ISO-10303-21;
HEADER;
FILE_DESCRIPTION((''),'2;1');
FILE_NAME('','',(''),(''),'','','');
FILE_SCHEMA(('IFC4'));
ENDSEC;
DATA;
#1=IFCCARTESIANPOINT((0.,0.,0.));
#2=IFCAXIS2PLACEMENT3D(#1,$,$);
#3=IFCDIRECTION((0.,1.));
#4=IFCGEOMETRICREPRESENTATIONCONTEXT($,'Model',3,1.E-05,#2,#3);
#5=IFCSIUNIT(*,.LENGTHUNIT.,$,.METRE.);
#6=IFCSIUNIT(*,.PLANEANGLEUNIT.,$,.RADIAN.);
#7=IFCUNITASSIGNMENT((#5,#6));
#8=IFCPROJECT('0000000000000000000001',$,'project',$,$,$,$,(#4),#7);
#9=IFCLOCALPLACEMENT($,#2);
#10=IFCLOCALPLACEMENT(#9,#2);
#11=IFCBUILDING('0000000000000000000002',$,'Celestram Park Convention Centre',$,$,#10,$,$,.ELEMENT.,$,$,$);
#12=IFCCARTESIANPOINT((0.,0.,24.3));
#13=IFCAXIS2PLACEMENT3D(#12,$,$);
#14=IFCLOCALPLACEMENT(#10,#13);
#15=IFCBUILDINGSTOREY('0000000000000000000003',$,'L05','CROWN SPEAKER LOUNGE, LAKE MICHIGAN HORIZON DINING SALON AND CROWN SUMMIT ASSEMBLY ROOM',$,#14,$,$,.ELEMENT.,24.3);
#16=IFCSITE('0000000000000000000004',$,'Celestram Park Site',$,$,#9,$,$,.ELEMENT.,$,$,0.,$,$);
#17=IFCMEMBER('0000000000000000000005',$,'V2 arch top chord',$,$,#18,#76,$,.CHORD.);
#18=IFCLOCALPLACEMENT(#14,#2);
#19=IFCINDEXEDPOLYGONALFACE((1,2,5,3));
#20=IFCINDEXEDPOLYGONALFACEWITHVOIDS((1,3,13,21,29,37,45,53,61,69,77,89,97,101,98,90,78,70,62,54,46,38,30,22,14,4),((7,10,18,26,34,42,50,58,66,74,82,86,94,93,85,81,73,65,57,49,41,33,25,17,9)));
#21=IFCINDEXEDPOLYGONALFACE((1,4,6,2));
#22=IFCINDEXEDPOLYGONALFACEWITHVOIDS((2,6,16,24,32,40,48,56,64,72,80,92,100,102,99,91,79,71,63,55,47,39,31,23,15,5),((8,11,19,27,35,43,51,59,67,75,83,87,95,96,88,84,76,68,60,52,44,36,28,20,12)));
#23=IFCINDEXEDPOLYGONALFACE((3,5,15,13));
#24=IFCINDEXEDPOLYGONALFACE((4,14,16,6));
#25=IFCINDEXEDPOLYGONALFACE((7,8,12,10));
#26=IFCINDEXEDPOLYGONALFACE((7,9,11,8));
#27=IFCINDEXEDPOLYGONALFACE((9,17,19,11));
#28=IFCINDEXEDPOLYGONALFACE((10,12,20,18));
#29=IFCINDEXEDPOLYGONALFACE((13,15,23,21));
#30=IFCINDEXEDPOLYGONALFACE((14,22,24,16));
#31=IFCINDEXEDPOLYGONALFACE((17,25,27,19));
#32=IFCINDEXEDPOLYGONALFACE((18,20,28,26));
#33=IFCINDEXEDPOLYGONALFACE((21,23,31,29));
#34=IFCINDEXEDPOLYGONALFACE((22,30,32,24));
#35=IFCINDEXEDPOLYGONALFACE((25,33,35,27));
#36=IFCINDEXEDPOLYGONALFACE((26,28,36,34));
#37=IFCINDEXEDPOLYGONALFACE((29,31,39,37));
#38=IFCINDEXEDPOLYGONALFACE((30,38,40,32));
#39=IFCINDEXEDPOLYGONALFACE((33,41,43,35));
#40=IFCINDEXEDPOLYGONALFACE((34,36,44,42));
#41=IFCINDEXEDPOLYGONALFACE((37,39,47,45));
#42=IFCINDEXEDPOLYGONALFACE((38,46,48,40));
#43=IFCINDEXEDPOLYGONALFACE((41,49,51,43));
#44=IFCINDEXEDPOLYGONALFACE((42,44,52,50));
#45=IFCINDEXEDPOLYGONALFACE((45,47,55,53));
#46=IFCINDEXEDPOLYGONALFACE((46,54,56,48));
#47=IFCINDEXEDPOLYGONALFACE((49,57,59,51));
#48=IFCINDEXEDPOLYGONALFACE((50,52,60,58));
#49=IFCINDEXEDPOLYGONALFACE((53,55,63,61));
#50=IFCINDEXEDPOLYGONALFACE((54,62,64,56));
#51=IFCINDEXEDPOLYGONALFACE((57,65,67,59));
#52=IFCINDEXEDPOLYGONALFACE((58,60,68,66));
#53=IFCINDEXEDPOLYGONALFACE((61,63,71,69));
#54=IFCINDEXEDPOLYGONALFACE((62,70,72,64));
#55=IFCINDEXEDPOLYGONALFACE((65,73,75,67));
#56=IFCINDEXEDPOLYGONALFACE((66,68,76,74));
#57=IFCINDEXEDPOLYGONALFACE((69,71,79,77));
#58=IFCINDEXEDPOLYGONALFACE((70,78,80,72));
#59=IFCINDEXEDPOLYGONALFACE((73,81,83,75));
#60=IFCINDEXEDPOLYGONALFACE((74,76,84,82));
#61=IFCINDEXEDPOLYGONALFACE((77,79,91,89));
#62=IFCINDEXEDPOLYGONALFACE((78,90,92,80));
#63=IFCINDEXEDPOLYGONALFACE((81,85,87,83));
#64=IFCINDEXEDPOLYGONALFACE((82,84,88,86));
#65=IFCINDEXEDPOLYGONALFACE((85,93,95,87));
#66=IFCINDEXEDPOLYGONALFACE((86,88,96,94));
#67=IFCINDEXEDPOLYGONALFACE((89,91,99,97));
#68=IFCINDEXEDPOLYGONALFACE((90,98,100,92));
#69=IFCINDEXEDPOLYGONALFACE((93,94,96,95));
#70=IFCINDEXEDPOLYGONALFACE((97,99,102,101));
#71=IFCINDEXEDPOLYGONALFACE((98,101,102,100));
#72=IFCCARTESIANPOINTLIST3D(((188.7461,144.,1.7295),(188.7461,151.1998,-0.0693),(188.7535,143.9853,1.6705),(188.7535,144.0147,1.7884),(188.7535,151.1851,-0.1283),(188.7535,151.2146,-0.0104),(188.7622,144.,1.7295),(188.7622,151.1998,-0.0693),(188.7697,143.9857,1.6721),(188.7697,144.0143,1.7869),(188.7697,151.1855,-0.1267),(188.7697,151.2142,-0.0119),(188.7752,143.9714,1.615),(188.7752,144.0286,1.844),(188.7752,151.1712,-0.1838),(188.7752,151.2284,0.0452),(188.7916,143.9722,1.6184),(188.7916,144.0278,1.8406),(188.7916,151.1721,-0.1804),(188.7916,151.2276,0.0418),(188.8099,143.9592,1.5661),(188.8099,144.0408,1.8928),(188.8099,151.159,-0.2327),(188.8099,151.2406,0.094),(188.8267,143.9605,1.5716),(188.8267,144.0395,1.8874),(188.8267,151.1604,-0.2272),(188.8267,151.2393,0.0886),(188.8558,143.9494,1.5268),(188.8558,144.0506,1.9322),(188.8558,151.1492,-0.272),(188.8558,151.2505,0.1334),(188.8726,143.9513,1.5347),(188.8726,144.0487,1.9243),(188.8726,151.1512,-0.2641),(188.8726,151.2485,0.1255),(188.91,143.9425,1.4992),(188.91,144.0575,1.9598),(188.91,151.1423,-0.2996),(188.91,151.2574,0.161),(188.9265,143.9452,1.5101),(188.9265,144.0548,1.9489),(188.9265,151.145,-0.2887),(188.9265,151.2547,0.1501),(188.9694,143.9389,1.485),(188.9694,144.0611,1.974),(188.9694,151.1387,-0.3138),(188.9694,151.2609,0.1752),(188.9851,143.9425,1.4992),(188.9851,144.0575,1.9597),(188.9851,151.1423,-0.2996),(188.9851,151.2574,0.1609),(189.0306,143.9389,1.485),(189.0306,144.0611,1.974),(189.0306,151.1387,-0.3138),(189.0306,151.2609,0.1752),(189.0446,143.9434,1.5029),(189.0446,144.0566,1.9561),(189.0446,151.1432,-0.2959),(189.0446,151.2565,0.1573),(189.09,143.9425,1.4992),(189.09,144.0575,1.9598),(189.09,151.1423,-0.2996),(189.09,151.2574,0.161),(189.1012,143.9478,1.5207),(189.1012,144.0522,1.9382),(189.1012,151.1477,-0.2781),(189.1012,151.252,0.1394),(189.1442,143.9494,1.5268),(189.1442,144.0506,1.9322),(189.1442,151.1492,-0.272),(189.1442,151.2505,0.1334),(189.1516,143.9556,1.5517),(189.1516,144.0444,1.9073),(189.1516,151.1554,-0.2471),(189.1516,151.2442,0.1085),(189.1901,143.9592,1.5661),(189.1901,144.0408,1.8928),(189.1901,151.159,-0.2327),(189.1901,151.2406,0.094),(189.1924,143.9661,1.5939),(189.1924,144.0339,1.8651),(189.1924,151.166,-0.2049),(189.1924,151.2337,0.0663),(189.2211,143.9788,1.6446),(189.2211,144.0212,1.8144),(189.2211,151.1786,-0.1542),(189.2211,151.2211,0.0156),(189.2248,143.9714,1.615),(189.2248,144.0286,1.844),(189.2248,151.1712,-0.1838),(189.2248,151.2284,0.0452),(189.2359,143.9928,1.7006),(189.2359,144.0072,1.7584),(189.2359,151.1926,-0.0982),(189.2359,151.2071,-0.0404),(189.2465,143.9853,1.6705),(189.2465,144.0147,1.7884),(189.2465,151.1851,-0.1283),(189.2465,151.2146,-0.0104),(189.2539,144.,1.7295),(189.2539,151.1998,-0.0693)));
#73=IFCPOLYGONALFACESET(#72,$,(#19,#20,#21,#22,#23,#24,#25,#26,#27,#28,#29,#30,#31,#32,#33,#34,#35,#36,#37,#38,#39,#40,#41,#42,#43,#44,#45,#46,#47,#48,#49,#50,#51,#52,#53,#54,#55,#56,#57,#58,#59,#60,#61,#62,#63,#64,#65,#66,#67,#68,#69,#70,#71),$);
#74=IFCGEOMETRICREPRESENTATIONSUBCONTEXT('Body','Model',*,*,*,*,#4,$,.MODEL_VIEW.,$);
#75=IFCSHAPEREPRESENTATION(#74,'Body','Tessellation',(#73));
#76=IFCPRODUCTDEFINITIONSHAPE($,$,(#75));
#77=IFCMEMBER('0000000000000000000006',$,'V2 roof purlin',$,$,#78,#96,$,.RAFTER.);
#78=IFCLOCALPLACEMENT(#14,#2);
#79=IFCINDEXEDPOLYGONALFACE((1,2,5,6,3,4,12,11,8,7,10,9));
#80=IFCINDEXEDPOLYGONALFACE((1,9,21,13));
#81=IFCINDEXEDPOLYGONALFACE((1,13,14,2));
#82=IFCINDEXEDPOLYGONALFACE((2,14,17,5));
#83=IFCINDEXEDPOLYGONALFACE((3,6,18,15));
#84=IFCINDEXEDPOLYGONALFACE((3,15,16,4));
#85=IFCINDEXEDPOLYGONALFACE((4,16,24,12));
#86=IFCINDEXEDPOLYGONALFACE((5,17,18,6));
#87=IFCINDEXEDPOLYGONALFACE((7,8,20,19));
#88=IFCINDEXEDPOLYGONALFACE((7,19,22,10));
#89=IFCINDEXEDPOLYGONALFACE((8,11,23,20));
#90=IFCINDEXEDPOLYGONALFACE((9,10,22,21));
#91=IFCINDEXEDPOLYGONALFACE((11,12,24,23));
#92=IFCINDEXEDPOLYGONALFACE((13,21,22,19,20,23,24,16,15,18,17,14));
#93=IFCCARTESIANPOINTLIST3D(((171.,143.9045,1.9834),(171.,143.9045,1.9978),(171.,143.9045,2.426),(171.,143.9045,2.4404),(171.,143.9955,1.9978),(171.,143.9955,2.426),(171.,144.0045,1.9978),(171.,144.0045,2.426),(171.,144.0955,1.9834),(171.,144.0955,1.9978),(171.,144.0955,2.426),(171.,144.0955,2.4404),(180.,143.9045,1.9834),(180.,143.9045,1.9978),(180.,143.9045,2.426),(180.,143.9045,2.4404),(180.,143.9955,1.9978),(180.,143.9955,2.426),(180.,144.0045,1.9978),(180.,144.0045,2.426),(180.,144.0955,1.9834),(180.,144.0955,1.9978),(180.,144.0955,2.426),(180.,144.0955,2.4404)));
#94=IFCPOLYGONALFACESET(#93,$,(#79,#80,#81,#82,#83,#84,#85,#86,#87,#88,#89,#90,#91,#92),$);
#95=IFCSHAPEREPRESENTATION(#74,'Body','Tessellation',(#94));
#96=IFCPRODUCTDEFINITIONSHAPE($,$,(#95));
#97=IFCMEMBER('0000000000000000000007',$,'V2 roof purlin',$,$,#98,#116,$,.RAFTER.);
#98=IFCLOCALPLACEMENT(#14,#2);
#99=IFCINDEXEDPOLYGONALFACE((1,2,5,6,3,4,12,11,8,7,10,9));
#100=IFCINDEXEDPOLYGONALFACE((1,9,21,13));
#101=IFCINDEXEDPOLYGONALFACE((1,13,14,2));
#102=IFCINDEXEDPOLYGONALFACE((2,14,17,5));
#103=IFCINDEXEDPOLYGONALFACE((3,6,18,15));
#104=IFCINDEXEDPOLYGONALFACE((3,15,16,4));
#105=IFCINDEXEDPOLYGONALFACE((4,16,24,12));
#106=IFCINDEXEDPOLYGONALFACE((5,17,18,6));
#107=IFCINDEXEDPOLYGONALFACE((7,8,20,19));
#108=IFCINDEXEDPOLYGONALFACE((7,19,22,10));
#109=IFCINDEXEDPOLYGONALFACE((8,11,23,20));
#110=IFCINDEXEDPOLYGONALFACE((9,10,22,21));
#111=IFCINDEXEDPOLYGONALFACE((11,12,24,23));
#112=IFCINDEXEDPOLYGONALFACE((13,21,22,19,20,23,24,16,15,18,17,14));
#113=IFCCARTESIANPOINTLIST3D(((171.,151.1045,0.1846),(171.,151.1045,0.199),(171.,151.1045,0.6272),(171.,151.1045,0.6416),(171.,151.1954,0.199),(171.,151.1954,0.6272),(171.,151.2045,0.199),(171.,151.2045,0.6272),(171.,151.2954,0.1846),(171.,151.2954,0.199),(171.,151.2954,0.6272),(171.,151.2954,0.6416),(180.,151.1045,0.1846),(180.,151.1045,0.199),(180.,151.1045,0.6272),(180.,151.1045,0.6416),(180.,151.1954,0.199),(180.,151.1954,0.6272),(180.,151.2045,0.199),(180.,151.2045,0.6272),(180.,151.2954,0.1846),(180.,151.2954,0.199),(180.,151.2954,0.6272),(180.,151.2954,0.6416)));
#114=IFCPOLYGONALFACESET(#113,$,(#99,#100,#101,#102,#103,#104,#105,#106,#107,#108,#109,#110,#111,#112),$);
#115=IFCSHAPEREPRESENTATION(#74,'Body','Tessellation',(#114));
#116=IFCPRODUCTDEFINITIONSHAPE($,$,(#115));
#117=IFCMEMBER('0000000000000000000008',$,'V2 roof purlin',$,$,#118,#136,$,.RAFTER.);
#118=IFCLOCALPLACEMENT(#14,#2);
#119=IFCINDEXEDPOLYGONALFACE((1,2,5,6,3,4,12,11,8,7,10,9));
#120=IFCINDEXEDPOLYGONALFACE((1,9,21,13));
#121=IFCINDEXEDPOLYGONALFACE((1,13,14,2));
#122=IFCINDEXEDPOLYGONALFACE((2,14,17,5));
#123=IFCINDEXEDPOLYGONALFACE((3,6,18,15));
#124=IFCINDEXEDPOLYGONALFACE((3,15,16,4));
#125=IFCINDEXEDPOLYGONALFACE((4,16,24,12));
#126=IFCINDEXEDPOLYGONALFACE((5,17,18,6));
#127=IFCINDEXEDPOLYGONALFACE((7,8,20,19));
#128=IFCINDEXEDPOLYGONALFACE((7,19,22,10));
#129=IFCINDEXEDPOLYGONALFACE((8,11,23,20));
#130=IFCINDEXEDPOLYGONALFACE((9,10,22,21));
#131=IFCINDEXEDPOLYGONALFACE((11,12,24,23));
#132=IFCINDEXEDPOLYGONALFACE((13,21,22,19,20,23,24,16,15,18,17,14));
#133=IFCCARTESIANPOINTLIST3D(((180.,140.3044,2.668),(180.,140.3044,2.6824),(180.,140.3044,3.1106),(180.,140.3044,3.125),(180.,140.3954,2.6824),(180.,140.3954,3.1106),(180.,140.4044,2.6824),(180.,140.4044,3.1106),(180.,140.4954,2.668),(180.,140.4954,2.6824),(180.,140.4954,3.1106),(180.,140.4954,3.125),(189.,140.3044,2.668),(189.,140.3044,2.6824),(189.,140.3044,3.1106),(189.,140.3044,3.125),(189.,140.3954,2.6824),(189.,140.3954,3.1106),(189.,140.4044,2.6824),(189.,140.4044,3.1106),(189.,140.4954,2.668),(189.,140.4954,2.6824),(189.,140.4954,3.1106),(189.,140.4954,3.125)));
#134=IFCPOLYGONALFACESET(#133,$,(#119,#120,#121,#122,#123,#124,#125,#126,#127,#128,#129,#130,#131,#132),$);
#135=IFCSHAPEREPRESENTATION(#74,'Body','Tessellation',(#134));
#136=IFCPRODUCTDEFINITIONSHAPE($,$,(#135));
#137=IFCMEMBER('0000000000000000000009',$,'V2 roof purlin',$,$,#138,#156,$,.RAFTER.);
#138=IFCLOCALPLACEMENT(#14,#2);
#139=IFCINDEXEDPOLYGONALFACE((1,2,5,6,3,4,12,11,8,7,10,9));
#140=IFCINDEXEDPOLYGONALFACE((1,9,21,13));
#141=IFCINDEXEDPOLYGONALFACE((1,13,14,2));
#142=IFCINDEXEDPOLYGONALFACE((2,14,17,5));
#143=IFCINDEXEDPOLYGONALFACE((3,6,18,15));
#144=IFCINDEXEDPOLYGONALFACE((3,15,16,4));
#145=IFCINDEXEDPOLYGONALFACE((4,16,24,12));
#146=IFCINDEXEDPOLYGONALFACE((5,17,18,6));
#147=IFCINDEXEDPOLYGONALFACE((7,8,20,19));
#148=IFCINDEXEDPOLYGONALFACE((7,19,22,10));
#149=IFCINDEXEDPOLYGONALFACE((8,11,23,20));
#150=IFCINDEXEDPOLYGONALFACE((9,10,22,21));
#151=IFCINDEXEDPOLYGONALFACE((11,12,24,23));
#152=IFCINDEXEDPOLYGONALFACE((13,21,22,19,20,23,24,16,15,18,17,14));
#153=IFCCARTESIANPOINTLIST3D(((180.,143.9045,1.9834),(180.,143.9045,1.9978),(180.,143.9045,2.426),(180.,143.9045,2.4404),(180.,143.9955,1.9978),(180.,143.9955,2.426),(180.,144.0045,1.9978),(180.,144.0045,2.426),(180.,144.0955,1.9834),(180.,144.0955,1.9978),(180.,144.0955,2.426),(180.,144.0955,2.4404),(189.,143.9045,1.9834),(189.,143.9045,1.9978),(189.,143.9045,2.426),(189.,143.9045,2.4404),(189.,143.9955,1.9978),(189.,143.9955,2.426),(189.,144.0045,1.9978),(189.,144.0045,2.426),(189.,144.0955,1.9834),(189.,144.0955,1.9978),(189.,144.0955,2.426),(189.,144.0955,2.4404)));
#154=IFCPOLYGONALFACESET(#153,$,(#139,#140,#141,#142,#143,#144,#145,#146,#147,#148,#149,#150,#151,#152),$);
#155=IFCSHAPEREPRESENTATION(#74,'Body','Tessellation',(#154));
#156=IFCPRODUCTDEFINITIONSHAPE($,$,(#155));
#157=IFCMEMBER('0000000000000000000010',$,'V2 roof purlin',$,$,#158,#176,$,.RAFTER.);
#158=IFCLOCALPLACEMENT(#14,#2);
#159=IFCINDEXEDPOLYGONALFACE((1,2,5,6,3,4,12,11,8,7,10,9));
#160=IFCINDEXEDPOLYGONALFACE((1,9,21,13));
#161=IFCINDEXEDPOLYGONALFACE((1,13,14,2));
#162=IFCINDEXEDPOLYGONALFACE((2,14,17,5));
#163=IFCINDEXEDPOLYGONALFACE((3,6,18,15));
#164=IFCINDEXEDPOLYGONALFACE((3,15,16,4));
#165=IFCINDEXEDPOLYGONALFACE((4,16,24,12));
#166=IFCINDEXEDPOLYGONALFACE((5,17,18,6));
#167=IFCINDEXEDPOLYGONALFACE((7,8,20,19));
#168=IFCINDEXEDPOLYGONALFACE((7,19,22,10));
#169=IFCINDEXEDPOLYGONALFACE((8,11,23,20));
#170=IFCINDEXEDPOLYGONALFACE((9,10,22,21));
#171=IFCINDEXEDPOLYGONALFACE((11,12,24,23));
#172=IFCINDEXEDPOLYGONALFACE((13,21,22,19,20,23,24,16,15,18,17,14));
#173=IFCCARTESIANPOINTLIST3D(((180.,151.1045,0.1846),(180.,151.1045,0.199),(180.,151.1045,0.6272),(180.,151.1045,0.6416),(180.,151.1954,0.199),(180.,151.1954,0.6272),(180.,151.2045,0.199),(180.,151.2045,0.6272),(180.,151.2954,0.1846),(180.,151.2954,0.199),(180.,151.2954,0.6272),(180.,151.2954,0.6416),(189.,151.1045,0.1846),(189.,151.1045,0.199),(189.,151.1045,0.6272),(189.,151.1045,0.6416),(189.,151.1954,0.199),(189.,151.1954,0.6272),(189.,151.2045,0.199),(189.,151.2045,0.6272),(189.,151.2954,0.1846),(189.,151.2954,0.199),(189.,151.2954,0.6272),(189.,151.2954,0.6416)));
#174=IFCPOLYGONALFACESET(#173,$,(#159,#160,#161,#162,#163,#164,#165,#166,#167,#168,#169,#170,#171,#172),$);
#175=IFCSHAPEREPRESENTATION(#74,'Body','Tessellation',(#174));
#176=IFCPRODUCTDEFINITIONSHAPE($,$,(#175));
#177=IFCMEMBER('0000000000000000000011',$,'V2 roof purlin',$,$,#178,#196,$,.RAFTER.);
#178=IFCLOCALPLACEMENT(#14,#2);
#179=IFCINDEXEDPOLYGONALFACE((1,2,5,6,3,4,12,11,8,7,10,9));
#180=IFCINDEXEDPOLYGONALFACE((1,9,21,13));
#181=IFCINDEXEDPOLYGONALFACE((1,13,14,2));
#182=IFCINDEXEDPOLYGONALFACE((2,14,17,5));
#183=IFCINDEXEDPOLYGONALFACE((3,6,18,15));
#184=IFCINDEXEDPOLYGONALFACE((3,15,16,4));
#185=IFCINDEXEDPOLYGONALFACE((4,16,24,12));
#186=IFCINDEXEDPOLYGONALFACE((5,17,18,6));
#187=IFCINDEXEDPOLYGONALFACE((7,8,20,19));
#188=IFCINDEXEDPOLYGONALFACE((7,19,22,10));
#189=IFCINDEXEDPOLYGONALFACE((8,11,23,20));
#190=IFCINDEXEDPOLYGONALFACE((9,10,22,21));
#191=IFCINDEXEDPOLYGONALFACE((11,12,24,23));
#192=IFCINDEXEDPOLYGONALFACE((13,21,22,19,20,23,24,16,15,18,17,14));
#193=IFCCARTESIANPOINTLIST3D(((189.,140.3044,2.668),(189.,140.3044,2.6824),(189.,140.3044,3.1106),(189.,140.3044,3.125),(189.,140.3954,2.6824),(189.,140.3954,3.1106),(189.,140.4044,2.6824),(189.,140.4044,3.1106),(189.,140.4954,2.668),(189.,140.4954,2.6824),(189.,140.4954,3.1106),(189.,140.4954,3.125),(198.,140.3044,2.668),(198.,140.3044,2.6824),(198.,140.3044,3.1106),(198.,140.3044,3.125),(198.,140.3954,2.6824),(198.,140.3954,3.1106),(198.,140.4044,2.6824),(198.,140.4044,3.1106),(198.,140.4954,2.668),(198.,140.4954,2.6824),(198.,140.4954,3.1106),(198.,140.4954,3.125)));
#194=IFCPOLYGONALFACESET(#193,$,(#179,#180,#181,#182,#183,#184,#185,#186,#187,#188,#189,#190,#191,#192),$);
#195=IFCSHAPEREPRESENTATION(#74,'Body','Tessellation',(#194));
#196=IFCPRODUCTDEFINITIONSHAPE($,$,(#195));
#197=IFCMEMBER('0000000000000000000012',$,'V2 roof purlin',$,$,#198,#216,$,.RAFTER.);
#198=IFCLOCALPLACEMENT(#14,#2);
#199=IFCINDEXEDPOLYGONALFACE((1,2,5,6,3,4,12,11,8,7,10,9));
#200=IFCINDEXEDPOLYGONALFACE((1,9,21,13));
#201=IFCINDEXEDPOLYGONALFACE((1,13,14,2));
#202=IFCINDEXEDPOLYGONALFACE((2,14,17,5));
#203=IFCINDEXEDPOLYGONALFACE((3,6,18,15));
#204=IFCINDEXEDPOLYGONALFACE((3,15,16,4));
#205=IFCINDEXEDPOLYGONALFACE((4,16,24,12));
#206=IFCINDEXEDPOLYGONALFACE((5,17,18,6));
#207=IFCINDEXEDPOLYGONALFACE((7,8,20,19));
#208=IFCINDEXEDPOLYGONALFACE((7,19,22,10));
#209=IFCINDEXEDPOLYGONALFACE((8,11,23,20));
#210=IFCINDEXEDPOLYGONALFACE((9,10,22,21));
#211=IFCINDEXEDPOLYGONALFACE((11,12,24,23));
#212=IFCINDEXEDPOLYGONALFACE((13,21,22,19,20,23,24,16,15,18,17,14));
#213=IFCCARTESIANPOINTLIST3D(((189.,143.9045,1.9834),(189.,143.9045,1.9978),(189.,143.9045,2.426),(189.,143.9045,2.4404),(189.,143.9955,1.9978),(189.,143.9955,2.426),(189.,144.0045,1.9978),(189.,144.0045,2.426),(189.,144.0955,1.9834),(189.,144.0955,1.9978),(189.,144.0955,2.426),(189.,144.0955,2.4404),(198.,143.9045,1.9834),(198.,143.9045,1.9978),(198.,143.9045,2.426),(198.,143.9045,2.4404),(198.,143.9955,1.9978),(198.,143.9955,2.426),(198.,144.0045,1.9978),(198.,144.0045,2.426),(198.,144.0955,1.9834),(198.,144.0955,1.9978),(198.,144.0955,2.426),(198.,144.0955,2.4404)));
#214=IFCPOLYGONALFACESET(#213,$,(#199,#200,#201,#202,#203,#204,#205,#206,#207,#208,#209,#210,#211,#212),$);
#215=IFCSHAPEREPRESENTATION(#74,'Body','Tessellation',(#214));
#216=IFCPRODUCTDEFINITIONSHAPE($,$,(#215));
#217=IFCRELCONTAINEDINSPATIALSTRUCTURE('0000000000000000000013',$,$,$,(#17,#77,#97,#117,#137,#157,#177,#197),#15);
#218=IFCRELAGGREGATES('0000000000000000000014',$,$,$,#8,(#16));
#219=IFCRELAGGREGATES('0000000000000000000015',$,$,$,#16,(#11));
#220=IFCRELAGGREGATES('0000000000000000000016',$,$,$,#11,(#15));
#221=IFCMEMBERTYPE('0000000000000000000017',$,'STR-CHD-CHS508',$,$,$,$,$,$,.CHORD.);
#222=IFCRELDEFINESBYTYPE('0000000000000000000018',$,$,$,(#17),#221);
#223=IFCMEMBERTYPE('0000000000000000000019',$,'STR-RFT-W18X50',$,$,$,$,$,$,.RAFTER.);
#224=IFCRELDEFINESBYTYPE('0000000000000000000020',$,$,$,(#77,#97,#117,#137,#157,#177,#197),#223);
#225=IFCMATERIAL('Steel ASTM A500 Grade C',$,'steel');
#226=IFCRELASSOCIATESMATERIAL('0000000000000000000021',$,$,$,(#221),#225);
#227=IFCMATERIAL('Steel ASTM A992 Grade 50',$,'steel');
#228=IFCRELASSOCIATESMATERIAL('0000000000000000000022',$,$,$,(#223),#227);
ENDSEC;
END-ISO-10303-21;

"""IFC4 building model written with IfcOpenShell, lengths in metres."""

from ifc_helpers import new_model, si_unit, direction, frame, origin, origin_2d, place, context, subcontext, project, spatial, hollow_circle, i_section, extrude, material, material_profile, profile_set, type_object, element, save


model = new_model("IFC4")

# Units and contexts
model_context = context("Model", 3, precision=1e-05, world=origin(), true_north=direction((0.0, 1.0)))
body_context = subcontext(model_context, "Body", "Model", "MODEL_VIEW")
ifc_project = project(units=[si_unit("LENGTHUNIT", "METRE"), si_unit("PLANEANGLEUNIT", "RADIAN")], contexts=[model_context])

# Site, building, storey
site_placement = place(None, origin())
site = spatial("IfcSite", under=ifc_project, at=site_placement, Name="Celestram Park Site", CompositionType="ELEMENT", RefElevation=0.0)
building_placement = place(site_placement, origin())
building = spatial("IfcBuilding", under=site, at=building_placement, Name="Celestram Park Convention Centre", CompositionType="ELEMENT")
storey_placement = place(building_placement, frame((0.0, 0.0, 24.3)))
storey = spatial("IfcBuildingStorey", under=building, at=storey_placement, Name="L05", Description="CROWN SPEAKER LOUNGE, LAKE MICHIGAN HORIZON DINING SALON AND CROWN SUMMIT ASSEMBLY ROOM", CompositionType="ELEMENT", Elevation=24.3)

# Members
ifc_material_1 = material(Name="Steel ASTM A500 Grade C", Category="steel")
ifc_material_profile_1 = material_profile(ifc_material_1, hollow_circle(Radius=0.2539, WallThickness=0.0161, at=origin_2d()), Name="CHS508X16")
ifc_profile_set_1 = profile_set([ifc_material_profile_1], Name="Steel ASTM A500 Grade C")
member_type_1 = type_object("IfcMemberType", Name="STR-CHD-CHS508", PredefinedType="CHORD", material=ifc_profile_set_1)
member_1_placement = place(storey_placement, frame((189.0, 144.0, 1.7295), z_axis=(0.0, 0.970179, -0.242389), x_axis=(-1.0, 0.0, 0.0)))
element("IfcMember", 1, at=member_1_placement, inside=storey, type_object=member_type_1, Name="V2 arch top chord", PredefinedType="CHORD", context=body_context, shape_type="SweptSolid", body=[
    extrude(hollow_circle(Radius=0.2539, WallThickness=0.0161, at=origin_2d()), origin(), (0.0, 0.0, 1.0), 7.4211),
])
ifc_material_2 = material(Name="Steel ASTM A992 Grade 50", Category="steel")
ifc_material_profile_2 = material_profile(ifc_material_2, i_section(OverallWidth=0.1909, OverallDepth=0.457, WebThickness=0.009, FlangeThickness=0.0144, at=origin_2d()), Name="W18X50")
ifc_profile_set_2 = profile_set([ifc_material_profile_2], Name="Steel ASTM A992 Grade 50")
member_type_2 = type_object("IfcMemberType", Name="STR-RFT-W18X50", PredefinedType="RAFTER", material=ifc_profile_set_2)
for number, where, z_axis, x_axis, name in (
    (2, (171.0, 144.0, 2.2119), (1.0, 0.0, 0.0), (0.0, 1.0, 0.0), "V2 roof purlin"),
    (3, (171.0, 151.2, 0.4131), (1.0, 0.0, 0.0), (0.0, 1.0, 0.0), "V2 roof purlin"),
    (4, (180.0, 140.3999, 2.8965), (1.0, 0.0, 0.0), (0.0, 1.0, 0.0), "V2 roof purlin"),
    (5, (180.0, 144.0, 2.2119), (1.0, 0.0, 0.0), (0.0, 1.0, 0.0), "V2 roof purlin"),
    (6, (180.0, 151.2, 0.4131), (1.0, 0.0, 0.0), (0.0, 1.0, 0.0), "V2 roof purlin"),
    (7, (189.0, 140.3999, 2.8965), (1.0, 0.0, 0.0), (0.0, 1.0, 0.0), "V2 roof purlin"),
    (8, (189.0, 144.0, 2.2119), (1.0, 0.0, 0.0), (0.0, 1.0, 0.0), "V2 roof purlin"),
):
    element("IfcMember", number, at=place(storey_placement, frame(where, z_axis=z_axis, x_axis=x_axis)), inside=storey, type_object=member_type_2, Name=name, PredefinedType="RAFTER", context=body_context, shape_type="SweptSolid", body=[
        extrude(i_section(OverallWidth=0.1909, OverallDepth=0.457, WebThickness=0.009, FlangeThickness=0.0144, at=origin_2d()), origin(), (0.0, 0.0, 1.0), 9.0),
    ])

save(model, "model.ifc")
